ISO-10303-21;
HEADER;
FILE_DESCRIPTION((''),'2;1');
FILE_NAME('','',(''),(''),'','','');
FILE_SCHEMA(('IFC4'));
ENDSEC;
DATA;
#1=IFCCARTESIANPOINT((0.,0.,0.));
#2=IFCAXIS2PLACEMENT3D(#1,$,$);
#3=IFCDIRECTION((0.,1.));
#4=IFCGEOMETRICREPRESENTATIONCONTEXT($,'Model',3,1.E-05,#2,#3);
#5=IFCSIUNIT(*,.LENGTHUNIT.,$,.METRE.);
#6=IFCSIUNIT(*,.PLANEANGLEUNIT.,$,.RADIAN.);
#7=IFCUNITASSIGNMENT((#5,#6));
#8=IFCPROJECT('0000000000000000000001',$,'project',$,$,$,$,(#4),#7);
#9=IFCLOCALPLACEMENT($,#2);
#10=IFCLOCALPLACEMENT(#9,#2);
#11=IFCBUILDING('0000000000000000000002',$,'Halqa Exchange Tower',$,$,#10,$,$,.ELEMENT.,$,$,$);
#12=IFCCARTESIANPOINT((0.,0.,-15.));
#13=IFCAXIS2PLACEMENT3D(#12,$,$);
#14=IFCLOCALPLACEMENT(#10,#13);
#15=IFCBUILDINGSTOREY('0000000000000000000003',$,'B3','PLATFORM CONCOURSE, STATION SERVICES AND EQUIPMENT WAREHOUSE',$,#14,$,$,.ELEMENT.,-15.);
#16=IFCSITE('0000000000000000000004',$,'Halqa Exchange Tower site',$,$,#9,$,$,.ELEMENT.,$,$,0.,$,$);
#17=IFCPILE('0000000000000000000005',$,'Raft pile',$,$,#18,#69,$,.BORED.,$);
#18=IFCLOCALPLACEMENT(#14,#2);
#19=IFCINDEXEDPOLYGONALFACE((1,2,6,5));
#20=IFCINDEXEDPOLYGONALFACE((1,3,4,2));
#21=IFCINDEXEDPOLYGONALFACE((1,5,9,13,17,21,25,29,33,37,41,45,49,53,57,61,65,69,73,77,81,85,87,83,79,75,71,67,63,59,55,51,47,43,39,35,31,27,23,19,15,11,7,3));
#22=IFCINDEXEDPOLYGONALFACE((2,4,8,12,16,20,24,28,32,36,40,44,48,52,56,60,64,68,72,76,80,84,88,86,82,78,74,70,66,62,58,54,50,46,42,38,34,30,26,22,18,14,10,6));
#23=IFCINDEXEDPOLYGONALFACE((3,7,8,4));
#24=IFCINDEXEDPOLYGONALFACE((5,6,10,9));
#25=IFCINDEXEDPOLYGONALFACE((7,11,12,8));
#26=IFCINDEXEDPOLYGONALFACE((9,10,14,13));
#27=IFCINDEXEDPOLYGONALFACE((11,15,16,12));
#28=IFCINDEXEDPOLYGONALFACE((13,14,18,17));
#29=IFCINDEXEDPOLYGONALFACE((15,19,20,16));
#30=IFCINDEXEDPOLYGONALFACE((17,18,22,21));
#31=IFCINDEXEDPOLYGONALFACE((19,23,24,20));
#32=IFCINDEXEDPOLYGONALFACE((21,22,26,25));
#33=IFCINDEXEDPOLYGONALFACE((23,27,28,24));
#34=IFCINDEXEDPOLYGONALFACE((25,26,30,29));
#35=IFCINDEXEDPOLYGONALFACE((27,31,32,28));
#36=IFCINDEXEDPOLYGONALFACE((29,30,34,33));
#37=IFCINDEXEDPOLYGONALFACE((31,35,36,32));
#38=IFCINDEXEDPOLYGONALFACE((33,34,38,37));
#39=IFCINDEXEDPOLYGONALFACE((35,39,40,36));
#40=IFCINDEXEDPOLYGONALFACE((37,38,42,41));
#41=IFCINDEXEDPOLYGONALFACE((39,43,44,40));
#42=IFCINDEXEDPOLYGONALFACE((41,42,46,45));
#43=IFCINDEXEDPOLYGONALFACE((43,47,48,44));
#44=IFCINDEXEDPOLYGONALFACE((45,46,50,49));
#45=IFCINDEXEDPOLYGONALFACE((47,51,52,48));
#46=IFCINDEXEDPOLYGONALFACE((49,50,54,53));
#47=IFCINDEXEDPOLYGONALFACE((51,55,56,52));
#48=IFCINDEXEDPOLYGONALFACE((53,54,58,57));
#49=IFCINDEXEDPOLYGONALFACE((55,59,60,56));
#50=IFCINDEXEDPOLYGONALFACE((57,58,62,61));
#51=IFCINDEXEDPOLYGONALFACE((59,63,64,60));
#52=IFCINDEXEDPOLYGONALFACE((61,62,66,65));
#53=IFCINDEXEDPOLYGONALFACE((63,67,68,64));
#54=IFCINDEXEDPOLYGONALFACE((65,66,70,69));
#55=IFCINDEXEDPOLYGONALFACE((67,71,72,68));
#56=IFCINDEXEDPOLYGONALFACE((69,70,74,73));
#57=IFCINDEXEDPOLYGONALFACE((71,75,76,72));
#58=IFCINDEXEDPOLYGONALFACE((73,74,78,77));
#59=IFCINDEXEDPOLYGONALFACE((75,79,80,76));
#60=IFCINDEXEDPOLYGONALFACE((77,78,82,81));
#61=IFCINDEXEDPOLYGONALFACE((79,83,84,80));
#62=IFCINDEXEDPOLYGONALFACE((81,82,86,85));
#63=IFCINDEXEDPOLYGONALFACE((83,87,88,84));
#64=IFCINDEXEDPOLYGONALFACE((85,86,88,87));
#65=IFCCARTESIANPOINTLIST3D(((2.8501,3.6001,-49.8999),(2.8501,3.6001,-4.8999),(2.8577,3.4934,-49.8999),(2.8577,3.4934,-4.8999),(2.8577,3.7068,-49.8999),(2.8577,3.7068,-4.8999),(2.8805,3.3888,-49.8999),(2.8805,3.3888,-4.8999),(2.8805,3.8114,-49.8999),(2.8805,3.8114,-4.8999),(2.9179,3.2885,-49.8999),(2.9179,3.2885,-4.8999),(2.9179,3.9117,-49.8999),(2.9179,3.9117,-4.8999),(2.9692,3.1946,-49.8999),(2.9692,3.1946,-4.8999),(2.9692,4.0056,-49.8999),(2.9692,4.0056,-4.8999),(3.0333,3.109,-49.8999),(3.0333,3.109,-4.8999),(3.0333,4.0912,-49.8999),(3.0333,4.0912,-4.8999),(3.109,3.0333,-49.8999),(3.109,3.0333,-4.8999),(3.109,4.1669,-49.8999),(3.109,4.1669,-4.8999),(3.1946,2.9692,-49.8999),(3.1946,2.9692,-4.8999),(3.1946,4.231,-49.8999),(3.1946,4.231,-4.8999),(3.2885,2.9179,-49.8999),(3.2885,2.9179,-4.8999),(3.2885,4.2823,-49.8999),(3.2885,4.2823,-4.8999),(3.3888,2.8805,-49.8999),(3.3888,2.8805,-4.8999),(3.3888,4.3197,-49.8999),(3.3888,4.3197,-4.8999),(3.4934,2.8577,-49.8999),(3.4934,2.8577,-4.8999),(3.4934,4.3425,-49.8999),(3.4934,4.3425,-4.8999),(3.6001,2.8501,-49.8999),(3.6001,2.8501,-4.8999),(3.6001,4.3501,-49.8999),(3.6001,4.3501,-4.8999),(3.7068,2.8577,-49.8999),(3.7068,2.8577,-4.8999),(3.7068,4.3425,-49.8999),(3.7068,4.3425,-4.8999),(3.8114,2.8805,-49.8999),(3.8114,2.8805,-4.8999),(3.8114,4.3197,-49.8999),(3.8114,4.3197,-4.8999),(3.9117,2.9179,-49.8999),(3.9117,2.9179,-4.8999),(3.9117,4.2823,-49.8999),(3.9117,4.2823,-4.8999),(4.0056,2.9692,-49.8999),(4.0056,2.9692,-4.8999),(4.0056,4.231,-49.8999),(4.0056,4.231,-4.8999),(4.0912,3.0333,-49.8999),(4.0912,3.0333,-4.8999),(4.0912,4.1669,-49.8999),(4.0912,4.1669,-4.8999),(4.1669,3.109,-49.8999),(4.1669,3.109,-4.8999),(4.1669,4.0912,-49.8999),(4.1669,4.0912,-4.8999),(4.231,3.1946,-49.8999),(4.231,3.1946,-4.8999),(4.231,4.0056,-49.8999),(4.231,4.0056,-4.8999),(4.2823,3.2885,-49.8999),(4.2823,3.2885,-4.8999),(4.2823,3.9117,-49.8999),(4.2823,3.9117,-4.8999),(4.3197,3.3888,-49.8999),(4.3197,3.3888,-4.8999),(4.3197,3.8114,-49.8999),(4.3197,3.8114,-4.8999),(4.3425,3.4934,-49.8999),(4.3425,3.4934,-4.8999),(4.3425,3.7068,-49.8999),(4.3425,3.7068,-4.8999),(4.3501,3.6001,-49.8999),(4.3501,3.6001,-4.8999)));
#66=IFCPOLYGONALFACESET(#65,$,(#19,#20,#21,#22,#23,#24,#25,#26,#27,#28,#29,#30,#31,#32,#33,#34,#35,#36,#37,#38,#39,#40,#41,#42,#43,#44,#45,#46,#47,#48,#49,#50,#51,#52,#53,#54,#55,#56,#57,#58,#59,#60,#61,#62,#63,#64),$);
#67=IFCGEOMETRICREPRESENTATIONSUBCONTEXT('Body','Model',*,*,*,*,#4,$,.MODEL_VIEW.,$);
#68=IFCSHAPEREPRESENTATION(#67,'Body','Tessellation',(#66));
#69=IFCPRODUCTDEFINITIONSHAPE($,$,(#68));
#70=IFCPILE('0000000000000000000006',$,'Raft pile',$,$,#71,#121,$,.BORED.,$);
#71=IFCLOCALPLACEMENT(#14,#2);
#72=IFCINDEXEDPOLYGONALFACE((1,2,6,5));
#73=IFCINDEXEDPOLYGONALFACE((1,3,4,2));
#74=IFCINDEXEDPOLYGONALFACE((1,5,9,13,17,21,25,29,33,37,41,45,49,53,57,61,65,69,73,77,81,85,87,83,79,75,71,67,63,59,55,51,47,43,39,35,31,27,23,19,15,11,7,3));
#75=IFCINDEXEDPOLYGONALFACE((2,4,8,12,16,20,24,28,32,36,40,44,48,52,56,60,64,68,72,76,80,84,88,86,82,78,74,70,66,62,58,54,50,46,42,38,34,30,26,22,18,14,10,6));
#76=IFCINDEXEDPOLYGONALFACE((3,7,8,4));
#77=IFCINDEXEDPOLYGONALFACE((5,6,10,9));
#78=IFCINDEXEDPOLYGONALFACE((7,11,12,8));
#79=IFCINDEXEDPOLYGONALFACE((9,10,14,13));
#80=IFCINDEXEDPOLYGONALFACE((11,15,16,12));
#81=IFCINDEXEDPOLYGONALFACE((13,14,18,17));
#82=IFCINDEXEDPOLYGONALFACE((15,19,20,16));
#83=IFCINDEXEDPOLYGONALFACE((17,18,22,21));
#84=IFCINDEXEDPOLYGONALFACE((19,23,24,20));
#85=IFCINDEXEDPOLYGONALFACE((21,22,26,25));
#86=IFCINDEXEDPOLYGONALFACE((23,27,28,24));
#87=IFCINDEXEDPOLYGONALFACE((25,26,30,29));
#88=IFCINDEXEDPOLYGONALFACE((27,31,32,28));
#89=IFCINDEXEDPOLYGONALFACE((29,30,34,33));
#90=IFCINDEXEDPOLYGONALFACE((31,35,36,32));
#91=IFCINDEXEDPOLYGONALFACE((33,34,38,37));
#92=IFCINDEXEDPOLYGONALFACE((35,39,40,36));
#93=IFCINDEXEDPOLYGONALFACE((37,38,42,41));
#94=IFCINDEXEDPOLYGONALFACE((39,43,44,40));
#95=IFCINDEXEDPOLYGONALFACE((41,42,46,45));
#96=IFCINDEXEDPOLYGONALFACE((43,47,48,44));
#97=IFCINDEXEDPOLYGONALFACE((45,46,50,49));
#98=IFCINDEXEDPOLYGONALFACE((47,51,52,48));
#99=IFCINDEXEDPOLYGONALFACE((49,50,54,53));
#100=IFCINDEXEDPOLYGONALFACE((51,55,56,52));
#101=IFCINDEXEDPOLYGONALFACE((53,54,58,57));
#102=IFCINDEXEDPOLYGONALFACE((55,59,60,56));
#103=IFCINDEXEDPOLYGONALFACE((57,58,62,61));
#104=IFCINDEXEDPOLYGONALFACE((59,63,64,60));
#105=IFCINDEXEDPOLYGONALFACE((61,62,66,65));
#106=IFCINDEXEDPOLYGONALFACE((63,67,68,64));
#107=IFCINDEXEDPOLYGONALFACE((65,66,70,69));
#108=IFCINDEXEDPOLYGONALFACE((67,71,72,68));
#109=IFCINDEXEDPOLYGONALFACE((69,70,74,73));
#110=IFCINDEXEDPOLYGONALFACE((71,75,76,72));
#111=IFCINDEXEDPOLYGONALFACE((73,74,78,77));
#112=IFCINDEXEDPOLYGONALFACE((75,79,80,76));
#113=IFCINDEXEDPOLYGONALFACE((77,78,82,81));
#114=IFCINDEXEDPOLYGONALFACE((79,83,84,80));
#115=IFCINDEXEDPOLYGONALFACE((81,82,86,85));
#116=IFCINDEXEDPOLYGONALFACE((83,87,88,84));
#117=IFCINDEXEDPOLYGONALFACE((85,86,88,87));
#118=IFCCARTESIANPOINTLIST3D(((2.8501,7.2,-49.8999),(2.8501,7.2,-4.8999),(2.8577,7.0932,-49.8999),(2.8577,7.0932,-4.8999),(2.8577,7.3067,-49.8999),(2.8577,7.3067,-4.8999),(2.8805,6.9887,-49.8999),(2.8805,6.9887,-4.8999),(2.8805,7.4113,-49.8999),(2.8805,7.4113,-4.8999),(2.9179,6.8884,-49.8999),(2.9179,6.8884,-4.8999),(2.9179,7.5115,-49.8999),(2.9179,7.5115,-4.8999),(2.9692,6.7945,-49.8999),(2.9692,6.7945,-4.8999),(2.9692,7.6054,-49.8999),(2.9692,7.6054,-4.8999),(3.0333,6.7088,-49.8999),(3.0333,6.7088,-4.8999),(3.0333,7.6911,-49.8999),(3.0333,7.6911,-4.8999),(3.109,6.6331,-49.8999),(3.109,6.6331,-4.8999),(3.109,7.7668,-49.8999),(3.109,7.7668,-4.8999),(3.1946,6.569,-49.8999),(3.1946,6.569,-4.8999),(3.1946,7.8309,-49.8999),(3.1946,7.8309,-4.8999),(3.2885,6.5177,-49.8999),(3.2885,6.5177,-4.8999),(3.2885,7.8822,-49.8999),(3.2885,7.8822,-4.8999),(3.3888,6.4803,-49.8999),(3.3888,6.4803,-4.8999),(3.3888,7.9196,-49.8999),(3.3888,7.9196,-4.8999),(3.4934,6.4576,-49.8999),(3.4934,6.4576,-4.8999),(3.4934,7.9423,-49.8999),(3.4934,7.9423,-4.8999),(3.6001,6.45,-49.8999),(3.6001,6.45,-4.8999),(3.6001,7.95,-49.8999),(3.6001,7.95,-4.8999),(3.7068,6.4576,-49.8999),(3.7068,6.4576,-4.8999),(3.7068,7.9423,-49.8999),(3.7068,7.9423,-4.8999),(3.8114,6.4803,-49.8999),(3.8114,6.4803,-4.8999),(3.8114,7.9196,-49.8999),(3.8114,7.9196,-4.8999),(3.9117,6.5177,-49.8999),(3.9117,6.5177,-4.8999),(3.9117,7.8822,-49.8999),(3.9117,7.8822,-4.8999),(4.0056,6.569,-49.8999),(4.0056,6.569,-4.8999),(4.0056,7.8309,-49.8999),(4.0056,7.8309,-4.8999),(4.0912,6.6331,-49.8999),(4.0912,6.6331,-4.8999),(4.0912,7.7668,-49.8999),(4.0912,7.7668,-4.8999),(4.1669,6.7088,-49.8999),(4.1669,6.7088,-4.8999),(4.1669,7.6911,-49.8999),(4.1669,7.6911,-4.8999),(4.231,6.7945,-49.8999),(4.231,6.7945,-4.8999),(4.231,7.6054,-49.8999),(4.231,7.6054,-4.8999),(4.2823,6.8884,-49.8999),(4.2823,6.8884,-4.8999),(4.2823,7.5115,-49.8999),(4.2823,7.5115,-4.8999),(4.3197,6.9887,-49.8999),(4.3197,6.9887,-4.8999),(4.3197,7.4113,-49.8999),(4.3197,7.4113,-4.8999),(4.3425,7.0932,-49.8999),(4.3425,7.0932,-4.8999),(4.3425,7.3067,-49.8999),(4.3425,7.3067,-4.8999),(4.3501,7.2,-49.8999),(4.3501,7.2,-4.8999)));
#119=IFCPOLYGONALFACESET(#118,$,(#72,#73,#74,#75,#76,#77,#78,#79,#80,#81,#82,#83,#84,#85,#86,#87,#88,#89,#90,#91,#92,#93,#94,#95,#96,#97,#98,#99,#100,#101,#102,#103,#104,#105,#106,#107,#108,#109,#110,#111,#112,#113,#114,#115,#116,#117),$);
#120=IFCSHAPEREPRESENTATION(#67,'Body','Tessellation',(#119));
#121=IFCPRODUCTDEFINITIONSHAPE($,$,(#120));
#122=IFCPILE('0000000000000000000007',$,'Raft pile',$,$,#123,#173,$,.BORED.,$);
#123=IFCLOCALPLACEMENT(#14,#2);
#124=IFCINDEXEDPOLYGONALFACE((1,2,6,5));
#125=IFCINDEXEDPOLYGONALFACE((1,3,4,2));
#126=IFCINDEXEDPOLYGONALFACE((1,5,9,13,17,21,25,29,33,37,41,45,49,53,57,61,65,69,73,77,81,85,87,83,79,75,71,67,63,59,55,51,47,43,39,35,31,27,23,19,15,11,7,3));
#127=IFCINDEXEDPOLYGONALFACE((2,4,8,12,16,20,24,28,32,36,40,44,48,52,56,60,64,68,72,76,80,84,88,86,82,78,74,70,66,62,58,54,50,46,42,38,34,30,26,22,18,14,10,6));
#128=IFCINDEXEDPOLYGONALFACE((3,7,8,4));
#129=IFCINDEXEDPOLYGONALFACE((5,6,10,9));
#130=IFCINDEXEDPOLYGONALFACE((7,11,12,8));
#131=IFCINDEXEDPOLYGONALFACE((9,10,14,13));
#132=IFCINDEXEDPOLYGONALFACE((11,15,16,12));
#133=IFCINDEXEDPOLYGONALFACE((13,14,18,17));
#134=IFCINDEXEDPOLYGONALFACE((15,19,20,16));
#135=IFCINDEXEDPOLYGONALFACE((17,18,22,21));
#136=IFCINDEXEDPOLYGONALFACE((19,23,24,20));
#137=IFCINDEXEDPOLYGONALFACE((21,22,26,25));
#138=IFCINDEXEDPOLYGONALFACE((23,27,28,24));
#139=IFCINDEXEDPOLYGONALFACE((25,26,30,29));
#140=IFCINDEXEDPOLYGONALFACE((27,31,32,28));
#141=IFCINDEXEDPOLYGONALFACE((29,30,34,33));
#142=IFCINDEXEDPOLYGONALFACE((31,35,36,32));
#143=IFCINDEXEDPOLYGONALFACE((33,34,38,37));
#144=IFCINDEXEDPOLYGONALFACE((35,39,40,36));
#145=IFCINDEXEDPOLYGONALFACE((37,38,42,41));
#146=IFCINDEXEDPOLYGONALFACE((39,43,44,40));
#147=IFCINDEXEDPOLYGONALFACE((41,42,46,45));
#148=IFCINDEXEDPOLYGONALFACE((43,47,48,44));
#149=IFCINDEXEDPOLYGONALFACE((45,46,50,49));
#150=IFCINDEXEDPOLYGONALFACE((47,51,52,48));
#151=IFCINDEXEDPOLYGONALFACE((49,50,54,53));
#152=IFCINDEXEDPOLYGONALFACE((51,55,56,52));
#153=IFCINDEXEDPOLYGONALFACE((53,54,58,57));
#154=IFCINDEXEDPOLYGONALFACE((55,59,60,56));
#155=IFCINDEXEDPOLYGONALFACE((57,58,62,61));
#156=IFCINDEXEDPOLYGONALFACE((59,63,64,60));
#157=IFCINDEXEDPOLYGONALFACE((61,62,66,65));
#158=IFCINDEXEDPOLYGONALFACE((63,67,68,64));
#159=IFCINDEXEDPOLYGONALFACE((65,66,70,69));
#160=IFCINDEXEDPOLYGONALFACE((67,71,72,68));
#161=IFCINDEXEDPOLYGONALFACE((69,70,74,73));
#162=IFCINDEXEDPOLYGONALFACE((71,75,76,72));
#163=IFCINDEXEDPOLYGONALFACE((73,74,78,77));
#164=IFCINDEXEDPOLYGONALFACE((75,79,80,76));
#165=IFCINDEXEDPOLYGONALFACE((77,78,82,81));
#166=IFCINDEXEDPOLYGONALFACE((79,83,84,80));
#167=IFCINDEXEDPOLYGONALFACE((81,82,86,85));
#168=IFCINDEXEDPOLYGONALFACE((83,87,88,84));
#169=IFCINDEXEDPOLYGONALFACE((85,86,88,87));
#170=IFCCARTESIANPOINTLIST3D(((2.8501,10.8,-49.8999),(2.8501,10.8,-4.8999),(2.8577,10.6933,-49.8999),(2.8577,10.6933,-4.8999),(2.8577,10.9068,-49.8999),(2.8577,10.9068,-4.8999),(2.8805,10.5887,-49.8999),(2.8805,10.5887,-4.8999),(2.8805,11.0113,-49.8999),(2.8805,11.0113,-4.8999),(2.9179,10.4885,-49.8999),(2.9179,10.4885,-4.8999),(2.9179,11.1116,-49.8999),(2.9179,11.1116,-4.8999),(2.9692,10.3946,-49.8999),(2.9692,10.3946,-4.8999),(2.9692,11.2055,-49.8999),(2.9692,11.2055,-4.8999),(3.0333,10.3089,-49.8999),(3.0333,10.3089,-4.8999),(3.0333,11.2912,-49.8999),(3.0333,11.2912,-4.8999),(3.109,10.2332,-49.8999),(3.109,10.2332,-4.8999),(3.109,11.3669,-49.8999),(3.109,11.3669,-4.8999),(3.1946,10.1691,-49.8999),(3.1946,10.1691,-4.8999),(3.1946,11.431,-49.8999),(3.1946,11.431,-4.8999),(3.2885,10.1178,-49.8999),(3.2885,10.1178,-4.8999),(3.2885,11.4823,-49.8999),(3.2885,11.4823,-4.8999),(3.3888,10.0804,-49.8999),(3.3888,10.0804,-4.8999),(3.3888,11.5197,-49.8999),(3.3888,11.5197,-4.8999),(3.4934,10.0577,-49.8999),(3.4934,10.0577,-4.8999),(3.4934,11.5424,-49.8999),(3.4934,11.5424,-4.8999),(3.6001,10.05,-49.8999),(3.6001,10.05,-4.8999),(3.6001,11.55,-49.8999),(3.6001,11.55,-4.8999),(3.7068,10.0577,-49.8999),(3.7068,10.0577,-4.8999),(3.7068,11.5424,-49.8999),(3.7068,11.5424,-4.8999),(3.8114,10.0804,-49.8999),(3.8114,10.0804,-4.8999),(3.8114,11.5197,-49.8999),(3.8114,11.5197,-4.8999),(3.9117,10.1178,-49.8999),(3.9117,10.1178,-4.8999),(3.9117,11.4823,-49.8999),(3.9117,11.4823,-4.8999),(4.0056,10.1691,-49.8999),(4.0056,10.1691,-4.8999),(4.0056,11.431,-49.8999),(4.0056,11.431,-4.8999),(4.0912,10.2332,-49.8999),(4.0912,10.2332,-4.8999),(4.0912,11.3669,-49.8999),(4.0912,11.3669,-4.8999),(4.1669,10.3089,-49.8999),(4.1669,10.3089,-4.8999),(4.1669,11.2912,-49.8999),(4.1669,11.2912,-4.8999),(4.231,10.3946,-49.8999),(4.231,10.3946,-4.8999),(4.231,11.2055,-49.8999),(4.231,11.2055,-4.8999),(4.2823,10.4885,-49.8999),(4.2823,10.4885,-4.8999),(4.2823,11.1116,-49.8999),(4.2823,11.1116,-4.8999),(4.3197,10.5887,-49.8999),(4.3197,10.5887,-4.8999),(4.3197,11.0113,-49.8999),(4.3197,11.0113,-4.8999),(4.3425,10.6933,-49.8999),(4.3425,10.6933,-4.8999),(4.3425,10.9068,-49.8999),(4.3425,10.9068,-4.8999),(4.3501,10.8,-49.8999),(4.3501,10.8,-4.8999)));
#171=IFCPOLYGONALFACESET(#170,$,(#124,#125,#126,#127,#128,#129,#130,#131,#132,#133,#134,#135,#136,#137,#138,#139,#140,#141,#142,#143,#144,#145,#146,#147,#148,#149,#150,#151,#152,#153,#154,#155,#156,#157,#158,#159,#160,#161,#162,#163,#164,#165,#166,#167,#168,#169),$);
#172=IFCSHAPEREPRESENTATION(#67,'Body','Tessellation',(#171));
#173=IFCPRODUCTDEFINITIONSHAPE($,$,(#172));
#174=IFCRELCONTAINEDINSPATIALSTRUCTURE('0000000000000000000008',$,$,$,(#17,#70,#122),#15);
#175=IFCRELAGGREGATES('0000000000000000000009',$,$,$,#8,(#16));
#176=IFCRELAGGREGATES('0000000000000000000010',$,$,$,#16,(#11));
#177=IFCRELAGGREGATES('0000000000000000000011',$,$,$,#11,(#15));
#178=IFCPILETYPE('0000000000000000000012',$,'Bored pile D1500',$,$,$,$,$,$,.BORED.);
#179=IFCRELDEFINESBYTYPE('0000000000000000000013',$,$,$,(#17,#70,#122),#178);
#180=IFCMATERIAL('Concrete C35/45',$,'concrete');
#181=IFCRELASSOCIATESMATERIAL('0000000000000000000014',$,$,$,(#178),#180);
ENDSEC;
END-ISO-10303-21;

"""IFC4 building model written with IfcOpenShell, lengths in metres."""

from ifc_helpers import new_model, si_unit, direction, frame, origin, origin_2d, place, context, subcontext, project, spatial, circle, extrude, material, material_profile, profile_set, type_object, element, save


model = new_model("IFC4")

# Units and contexts
model_context = context("Model", 3, precision=1e-05, world=origin(), true_north=direction((0.0, 1.0)))
body_context = subcontext(model_context, "Body", "Model", "MODEL_VIEW")
ifc_project = project(units=[si_unit("LENGTHUNIT", "METRE"), si_unit("PLANEANGLEUNIT", "RADIAN")], contexts=[model_context])

# Site, building, storey
site_placement = place(None, origin())
site = spatial("IfcSite", under=ifc_project, at=site_placement, Name="Halqa Exchange Tower site", CompositionType="ELEMENT", RefElevation=0.0)
building_placement = place(site_placement, origin())
building = spatial("IfcBuilding", under=site, at=building_placement, Name="Halqa Exchange Tower", CompositionType="ELEMENT")
storey_placement = place(building_placement, frame((0.0, 0.0, -15.0)))
storey = spatial("IfcBuildingStorey", under=building, at=storey_placement, Name="B3", Description="PLATFORM CONCOURSE, STATION SERVICES AND EQUIPMENT WAREHOUSE", CompositionType="ELEMENT", Elevation=-15.0)

# Piles
ifc_material_1 = material(Name="Concrete C35/45", Category="concrete")
ifc_material_profile_1 = material_profile(ifc_material_1, circle(Radius=0.75, at=origin_2d()), Name="D1500")
ifc_profile_set_1 = profile_set([ifc_material_profile_1], Name="Concrete C35/45")
pile_type_1 = type_object("IfcPileType", Name="Bored pile D1500", PredefinedType="BORED", material=ifc_profile_set_1)
for number, where, z_axis, x_axis, name in (
    (1, (3.6001, 3.6001, -4.8999), (0.0, 0.0, -1.0), (1.0, 0.0, 0.0), "Raft pile"),
    (2, (3.6001, 7.2, -4.8999), (0.0, 0.0, -1.0), (1.0, 0.0, 0.0), "Raft pile"),
    (3, (3.6001, 10.8, -4.8999), (0.0, 0.0, -1.0), (1.0, 0.0, 0.0), "Raft pile"),
):
    element("IfcPile", number, at=place(storey_placement, frame(where, z_axis=z_axis, x_axis=x_axis)), inside=storey, type_object=pile_type_1, Name=name, PredefinedType="BORED", context=body_context, shape_type="SweptSolid", body=[
        extrude(circle(Radius=0.75, at=origin_2d()), origin(), (0.0, 0.0, 1.0), 45.0),
    ])

save(model, "model.ifc")
